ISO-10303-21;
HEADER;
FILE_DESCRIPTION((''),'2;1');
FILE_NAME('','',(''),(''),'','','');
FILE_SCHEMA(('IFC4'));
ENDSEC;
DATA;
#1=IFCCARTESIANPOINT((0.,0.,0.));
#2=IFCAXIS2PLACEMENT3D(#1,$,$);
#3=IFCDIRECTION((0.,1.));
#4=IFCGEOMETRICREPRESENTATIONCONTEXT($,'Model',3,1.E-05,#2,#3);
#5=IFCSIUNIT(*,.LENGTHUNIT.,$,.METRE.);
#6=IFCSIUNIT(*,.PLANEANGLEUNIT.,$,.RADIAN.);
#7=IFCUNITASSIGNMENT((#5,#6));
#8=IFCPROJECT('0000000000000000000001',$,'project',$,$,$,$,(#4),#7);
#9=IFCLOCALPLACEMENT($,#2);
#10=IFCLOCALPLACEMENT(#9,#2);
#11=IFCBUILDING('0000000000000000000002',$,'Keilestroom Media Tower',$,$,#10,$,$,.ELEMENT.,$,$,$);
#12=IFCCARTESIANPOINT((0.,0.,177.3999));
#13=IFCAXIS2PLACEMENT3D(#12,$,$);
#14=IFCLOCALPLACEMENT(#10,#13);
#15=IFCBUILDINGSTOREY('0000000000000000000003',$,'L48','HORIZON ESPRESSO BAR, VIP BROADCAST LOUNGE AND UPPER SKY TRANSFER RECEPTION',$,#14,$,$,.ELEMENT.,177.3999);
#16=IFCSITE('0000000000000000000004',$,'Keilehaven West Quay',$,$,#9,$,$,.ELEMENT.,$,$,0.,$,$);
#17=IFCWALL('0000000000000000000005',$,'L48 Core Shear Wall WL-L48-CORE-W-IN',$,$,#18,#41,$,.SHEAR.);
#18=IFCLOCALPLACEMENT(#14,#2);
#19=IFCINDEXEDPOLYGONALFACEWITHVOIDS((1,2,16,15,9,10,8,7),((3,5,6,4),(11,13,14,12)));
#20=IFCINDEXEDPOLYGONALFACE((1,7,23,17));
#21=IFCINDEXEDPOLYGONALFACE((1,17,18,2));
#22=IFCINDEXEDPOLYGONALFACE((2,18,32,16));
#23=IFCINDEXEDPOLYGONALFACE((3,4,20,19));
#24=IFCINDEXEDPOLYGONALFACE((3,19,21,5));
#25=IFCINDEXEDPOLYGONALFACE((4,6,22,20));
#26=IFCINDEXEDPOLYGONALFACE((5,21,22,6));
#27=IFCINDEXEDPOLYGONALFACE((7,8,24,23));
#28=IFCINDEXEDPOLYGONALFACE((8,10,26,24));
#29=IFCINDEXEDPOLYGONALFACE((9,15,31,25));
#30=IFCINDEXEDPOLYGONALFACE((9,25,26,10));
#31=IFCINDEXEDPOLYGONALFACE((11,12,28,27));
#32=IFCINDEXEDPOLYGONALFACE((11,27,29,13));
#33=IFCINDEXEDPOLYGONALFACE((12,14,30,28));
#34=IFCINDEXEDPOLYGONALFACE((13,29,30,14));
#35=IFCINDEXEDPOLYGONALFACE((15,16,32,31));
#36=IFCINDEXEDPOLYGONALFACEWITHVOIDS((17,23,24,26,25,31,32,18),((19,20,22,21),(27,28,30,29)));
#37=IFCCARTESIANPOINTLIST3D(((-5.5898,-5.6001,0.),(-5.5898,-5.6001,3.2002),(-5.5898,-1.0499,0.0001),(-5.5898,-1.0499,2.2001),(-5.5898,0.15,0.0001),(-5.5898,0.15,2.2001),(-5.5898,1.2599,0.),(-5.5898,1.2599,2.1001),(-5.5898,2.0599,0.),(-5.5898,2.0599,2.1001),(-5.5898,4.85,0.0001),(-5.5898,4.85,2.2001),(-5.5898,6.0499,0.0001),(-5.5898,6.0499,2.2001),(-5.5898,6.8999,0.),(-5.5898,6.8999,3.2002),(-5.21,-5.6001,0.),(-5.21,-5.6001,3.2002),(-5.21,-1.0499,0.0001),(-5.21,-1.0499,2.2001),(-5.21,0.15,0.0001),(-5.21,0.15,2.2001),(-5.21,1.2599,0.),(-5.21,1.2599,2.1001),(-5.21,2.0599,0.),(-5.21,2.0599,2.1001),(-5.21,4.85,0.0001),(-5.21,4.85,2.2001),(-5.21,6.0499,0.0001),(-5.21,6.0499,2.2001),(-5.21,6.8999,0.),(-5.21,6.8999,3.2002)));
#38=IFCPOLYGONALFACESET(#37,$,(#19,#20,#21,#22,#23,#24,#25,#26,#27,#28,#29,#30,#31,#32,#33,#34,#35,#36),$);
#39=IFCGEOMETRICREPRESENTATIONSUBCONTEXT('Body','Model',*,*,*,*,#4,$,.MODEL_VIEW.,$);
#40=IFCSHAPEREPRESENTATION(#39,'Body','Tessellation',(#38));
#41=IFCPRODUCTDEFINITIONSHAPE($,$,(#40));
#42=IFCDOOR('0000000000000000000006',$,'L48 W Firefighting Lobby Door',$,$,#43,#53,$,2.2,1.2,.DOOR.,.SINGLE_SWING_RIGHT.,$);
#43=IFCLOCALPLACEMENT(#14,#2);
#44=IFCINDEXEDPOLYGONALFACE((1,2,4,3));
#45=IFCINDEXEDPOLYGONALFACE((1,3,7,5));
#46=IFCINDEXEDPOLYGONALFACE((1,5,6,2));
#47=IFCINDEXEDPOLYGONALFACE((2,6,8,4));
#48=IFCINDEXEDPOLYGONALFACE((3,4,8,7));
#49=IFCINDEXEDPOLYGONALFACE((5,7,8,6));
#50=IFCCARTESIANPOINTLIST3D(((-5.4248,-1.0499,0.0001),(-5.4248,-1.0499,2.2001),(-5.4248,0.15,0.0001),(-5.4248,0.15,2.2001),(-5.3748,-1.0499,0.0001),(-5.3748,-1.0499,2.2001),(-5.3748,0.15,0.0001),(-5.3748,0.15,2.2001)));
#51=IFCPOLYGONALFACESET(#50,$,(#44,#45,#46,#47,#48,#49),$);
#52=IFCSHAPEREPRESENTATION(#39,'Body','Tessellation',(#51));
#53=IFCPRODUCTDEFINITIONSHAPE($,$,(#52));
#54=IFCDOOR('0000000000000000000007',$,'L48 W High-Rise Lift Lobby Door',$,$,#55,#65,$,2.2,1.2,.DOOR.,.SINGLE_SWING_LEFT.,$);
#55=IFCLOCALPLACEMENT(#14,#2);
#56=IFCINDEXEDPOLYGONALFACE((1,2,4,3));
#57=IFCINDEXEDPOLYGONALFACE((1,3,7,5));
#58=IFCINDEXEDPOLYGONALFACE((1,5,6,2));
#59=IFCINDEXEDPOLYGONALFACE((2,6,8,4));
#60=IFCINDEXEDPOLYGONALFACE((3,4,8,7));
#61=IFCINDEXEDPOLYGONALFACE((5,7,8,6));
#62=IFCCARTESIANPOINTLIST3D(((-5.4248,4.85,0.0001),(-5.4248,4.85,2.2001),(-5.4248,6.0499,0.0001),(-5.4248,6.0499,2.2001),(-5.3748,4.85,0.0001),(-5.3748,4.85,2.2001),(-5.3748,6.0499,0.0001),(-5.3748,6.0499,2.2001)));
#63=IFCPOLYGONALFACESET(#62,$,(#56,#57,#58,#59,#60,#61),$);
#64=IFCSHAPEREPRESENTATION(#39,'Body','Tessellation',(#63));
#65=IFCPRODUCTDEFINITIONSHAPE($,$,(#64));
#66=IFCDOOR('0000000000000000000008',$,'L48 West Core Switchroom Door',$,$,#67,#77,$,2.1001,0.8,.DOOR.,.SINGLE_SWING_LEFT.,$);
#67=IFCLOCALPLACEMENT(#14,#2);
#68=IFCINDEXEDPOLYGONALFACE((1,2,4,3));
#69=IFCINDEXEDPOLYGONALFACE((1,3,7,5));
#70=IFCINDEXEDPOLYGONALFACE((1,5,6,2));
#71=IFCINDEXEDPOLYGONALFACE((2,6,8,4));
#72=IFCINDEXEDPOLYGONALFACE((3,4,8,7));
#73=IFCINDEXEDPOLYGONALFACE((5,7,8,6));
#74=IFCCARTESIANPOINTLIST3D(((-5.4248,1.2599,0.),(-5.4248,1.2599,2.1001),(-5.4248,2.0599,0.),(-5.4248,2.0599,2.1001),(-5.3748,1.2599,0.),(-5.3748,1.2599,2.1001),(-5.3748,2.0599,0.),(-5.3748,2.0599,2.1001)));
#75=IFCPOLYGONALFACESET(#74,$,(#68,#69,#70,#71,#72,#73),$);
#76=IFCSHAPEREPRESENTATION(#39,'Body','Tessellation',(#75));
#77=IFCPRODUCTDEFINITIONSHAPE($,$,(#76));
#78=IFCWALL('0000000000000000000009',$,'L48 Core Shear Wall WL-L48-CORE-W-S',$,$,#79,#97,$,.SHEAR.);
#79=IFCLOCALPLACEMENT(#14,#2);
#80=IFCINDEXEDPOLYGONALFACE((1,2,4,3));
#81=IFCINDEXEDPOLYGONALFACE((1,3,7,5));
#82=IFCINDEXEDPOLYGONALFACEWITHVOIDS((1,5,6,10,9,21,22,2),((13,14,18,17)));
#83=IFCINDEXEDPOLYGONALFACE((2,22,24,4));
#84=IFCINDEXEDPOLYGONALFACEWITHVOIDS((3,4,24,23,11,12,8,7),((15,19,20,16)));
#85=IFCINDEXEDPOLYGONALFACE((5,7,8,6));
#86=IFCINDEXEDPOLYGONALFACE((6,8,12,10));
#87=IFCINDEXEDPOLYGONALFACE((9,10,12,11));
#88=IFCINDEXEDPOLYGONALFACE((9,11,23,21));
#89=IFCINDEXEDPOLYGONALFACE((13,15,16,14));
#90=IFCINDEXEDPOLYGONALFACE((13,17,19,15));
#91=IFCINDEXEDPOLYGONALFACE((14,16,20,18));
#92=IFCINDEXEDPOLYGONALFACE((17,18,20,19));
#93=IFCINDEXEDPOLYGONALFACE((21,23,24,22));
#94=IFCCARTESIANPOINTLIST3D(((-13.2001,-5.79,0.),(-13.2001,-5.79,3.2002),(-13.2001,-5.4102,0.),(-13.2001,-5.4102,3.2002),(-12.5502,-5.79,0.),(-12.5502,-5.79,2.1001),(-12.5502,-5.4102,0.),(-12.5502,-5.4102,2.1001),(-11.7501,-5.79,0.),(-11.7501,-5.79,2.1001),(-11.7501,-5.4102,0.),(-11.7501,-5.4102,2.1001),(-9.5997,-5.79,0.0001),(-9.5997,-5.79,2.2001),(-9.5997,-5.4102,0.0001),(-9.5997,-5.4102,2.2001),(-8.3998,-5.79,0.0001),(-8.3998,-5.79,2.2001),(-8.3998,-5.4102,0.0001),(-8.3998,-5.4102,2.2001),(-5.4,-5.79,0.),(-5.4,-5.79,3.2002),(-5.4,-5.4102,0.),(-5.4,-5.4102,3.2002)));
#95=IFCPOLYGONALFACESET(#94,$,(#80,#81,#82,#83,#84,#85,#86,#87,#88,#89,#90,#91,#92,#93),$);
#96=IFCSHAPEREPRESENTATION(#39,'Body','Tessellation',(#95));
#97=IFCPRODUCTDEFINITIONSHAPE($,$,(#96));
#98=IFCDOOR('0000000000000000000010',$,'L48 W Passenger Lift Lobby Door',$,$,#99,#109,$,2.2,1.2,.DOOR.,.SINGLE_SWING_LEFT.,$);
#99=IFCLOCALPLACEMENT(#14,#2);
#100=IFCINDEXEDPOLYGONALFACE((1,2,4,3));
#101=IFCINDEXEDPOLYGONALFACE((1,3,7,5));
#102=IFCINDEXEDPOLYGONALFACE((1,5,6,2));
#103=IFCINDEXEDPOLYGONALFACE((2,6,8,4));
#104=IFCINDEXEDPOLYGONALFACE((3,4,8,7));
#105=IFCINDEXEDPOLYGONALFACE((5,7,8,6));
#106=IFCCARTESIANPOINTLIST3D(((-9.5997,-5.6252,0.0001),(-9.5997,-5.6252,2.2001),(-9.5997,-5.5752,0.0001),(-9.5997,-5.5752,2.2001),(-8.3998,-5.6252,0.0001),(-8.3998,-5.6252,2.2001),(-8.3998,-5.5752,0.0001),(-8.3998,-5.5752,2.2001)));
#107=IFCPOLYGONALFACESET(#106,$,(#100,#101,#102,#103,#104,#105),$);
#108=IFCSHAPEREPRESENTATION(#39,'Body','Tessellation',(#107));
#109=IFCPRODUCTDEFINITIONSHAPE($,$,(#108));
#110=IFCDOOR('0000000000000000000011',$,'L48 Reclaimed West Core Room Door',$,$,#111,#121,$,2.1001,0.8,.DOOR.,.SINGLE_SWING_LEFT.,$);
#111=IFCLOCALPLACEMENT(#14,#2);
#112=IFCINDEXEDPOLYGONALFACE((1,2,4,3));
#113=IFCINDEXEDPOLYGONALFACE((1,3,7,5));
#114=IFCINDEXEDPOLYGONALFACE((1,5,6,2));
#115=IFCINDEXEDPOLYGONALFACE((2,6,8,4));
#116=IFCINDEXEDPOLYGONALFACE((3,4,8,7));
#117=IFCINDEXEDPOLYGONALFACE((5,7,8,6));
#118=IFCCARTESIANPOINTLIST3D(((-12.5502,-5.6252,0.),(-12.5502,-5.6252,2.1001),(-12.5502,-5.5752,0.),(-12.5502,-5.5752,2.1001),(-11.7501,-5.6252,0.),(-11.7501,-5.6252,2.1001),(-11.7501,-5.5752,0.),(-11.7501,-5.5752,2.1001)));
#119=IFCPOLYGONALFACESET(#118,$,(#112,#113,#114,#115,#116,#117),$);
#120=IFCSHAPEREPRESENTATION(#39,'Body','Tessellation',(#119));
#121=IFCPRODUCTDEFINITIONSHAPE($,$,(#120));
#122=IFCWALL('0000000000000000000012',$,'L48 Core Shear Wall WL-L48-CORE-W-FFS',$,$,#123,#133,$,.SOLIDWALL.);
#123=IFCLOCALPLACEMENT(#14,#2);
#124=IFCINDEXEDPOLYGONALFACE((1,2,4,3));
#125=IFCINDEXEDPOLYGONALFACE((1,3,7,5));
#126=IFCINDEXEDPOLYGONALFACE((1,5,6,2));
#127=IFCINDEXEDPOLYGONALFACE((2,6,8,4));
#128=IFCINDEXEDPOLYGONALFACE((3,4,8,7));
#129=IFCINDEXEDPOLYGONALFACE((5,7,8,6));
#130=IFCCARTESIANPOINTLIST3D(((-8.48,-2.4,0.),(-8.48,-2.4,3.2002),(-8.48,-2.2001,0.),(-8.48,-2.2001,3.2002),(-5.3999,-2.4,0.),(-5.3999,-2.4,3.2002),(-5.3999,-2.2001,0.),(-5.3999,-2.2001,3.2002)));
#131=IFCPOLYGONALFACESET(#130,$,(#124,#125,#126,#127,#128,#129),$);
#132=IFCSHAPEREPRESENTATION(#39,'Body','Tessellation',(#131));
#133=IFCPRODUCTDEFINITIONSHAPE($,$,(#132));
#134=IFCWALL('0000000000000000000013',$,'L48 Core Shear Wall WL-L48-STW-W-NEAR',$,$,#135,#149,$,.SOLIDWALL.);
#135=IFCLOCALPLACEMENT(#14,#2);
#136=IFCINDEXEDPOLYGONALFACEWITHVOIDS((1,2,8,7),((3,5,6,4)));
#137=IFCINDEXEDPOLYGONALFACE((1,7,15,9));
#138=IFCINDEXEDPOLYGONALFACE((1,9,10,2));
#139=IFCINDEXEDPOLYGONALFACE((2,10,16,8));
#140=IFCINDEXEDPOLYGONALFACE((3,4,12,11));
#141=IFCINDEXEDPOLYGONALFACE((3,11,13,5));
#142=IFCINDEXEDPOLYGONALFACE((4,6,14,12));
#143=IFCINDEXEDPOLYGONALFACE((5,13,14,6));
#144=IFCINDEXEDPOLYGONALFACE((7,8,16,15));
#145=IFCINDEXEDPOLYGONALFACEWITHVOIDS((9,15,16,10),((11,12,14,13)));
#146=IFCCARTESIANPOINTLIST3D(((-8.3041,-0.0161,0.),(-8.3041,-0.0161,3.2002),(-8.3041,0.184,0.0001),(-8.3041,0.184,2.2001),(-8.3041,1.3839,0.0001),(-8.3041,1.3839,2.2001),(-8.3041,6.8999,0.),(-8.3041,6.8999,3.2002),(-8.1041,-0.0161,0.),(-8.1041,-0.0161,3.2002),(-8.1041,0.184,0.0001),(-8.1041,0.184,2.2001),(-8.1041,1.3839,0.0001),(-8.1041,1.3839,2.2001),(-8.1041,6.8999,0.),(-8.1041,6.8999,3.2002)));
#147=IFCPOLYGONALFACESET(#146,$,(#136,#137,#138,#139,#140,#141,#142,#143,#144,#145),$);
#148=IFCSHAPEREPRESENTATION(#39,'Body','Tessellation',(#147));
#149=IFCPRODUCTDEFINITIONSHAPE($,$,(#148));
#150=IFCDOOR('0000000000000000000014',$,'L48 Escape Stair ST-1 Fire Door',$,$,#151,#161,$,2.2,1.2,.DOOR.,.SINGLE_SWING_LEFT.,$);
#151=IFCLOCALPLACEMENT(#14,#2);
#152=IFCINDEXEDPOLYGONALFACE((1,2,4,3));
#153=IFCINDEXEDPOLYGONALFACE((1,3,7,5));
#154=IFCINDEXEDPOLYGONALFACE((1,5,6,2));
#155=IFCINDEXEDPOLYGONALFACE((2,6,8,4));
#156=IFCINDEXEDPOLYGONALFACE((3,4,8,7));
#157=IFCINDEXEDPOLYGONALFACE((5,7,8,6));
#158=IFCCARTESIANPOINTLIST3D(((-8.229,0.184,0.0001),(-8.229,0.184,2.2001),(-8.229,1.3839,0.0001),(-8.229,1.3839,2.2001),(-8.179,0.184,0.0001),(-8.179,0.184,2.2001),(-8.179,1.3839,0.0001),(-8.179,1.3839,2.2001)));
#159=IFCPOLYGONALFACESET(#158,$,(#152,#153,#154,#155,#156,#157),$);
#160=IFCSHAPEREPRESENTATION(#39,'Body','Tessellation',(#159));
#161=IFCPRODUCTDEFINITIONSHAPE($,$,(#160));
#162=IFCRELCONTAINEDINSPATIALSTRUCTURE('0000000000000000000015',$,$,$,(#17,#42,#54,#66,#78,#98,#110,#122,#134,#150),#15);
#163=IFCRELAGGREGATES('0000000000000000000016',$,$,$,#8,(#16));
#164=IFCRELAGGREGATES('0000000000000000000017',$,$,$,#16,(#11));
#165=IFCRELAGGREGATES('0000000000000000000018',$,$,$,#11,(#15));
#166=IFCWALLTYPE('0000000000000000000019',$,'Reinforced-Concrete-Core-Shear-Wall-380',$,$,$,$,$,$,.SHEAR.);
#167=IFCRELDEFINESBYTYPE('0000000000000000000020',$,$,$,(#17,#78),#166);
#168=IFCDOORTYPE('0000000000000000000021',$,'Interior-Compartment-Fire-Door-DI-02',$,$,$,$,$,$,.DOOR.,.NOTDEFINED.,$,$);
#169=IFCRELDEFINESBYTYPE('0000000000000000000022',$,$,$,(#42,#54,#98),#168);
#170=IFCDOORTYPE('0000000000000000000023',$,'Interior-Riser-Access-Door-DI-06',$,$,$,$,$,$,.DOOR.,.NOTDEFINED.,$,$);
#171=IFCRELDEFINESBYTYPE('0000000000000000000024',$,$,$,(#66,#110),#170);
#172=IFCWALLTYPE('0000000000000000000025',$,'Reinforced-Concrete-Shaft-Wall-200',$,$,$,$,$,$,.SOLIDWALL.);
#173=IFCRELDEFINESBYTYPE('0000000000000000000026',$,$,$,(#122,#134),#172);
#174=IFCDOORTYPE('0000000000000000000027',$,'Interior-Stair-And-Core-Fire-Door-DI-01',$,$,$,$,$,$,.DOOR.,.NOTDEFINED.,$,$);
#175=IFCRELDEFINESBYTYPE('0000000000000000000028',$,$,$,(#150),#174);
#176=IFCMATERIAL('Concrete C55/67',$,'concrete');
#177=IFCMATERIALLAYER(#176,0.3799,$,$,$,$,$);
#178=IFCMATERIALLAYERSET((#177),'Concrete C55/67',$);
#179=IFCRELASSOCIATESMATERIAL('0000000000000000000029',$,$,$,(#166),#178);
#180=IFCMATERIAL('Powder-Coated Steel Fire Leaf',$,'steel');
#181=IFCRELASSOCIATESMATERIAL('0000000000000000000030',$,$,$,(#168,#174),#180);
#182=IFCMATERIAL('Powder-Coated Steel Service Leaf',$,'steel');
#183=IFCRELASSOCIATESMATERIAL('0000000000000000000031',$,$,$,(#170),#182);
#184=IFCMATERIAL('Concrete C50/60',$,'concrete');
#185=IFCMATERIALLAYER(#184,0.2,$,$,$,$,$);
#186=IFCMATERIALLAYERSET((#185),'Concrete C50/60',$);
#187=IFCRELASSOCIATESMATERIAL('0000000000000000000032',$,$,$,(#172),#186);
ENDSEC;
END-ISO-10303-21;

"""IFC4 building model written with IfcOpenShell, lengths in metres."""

from ifc_helpers import new_model, si_unit, direction, frame, frame_2d, origin, place, context, subcontext, project, spatial, rectangle, extrude, source, transform, mapped, material, layer, layer_set, type_object, element, fill, save


model = new_model("IFC4")

# Units and contexts
model_context = context("Model", 3, precision=1e-05, world=origin(), true_north=direction((0.0, 1.0)))
body_context = subcontext(model_context, "Body", "Model", "MODEL_VIEW")
ifc_project = project(units=[si_unit("LENGTHUNIT", "METRE"), si_unit("PLANEANGLEUNIT", "RADIAN")], contexts=[model_context])

# Site, building, storey
site_placement = place(None, origin())
site = spatial("IfcSite", under=ifc_project, at=site_placement, Name="Keilehaven West Quay", CompositionType="ELEMENT", RefElevation=0.0)
building_placement = place(site_placement, origin())
building = spatial("IfcBuilding", under=site, at=building_placement, Name="Keilestroom Media Tower", CompositionType="ELEMENT")
storey_placement = place(building_placement, frame((0.0, 0.0, 177.3999)))
storey = spatial("IfcBuildingStorey", under=building, at=storey_placement, Name="L48", Description="HORIZON ESPRESSO BAR, VIP BROADCAST LOUNGE AND UPPER SKY TRANSFER RECEPTION", CompositionType="ELEMENT", Elevation=177.3999)

# Shared definitions
ifc_material_1 = material(Name="Concrete C55/67", Category="concrete")
ifc_layer_1 = layer(ifc_material_1, 0.3799)
ifc_layer_set_1 = layer_set([ifc_layer_1], Name="Concrete C55/67")
wall_type_1 = type_object("IfcWallType", Name="Reinforced-Concrete-Core-Shear-Wall-380", PredefinedType="SHEAR", material=ifc_layer_set_1)

# Walls, openings, doors
wall_1_placement = place(storey_placement, frame((-5.3999, -5.6001, 0.0), z_axis=(0.0, 0.0, 1.0), x_axis=(0.0, 1.0, 0.0)))
wall_1 = element("IfcWall", 1, at=wall_1_placement, inside=storey, type_object=wall_type_1, Name="L48 Core Shear Wall WL-L48-CORE-W-IN", PredefinedType="SHEAR", context=body_context, shape_type="SweptSolid", body=[
    extrude(rectangle(XDim=12.5, YDim=0.3799, at=frame_2d((6.25, 0.0))), origin(), (0.0, 0.0, 1.0), 3.2002),
])
opening_1_placement = place(wall_1_placement, frame((4.55, 0.0, 0.0)))
opening_1 = element("IfcOpeningElement", 2, at=opening_1_placement, cuts=wall_1, PredefinedType="OPENING", context=body_context, shape_type="SweptSolid", body=[
    extrude(rectangle(XDim=1.2, YDim=2.2, at=frame_2d((0.6001, 1.1001))), frame((0.0, 0.2, 0.0), z_axis=(0.0, -1.0, 0.0), x_axis=(1.0, 0.0, 0.0)), (0.0, 0.0, 1.0), 0.3999),
])
opening_2_placement = place(wall_1_placement, frame((10.45, 0.0, 0.0)))
opening_2 = element("IfcOpeningElement", 3, at=opening_2_placement, cuts=wall_1, PredefinedType="OPENING", context=body_context, shape_type="SweptSolid", body=[
    extrude(rectangle(XDim=1.2, YDim=2.2, at=frame_2d((0.6001, 1.1001))), frame((0.0, 0.2, 0.0), z_axis=(0.0, -1.0, 0.0), x_axis=(1.0, 0.0, 0.0)), (0.0, 0.0, 1.0), 0.3999),
])
opening_3_placement = place(wall_1_placement, frame((6.8601, 0.0, 0.0)))
opening_3 = element("IfcOpeningElement", 4, at=opening_3_placement, cuts=wall_1, PredefinedType="OPENING", context=body_context, shape_type="SweptSolid", body=[
    extrude(rectangle(XDim=0.8, YDim=2.1001, at=frame_2d((0.3999, 1.05))), frame((0.0, 0.2, 0.0), z_axis=(0.0, -1.0, 0.0), x_axis=(1.0, 0.0, 0.0)), (0.0, 0.0, 1.0), 0.3999),
])
ifc_material_2 = material(Name="Powder-Coated Steel Fire Leaf", Category="steel")
door_type_1 = type_object("IfcDoorType", Name="Interior-Compartment-Fire-Door-DI-02", OperationType="NOTDEFINED", PredefinedType="DOOR", material=ifc_material_2)
shared_shape_1 = source(origin(), body_context, "Body", "SweptSolid", [
    extrude(rectangle(XDim=1.2, YDim=2.2, at=frame_2d((0.6001, 1.1001))), frame((0.0, 0.0249, 0.0), z_axis=(0.0, -1.0, 0.0), x_axis=(1.0, 0.0, 0.0)), (0.0, 0.0, 1.0), 0.05),
])
door_1_placement = place(opening_1_placement, origin())
door_1 = element("IfcDoor", 5, at=door_1_placement, inside=storey, type_object=door_type_1, Name="L48 W Firefighting Lobby Door", OperationType="SINGLE_SWING_RIGHT", OverallHeight=2.2, OverallWidth=1.2, PredefinedType="DOOR", context=body_context, shape_type="MappedRepresentation", body=[
    mapped(shared_shape_1, transform((0.0, 0.0, 0.0), x_axis=(1.0, 0.0, 0.0), y_axis=(0.0, 1.0, 0.0), z_axis=(0.0, 0.0, 1.0), scale=1.0)),
])
fill(opening_1, door_1)
door_2_placement = place(opening_2_placement, origin())
door_2 = element("IfcDoor", 6, at=door_2_placement, inside=storey, type_object=door_type_1, Name="L48 W High-Rise Lift Lobby Door", OperationType="SINGLE_SWING_LEFT", OverallHeight=2.2, OverallWidth=1.2, PredefinedType="DOOR", context=body_context, shape_type="MappedRepresentation", body=[
    mapped(shared_shape_1, transform((0.0, 0.0, 0.0), x_axis=(1.0, 0.0, 0.0), y_axis=(0.0, 1.0, 0.0), z_axis=(0.0, 0.0, 1.0), scale=1.0)),
])
fill(opening_2, door_2)
ifc_material_3 = material(Name="Powder-Coated Steel Service Leaf", Category="steel")
door_type_2 = type_object("IfcDoorType", Name="Interior-Riser-Access-Door-DI-06", OperationType="NOTDEFINED", PredefinedType="DOOR", material=ifc_material_3)
shared_shape_2 = source(origin(), body_context, "Body", "SweptSolid", [
    extrude(rectangle(XDim=0.8, YDim=2.1001, at=frame_2d((0.3999, 1.05))), frame((0.0, 0.0249, 0.0), z_axis=(0.0, -1.0, 0.0), x_axis=(1.0, 0.0, 0.0)), (0.0, 0.0, 1.0), 0.05),
])
door_3_placement = place(opening_3_placement, origin())
door_3 = element("IfcDoor", 7, at=door_3_placement, inside=storey, type_object=door_type_2, Name="L48 West Core Switchroom Door", OperationType="SINGLE_SWING_LEFT", OverallHeight=2.1001, OverallWidth=0.8, PredefinedType="DOOR", context=body_context, shape_type="MappedRepresentation", body=[
    mapped(shared_shape_2, transform((0.0, 0.0, 0.0), x_axis=(1.0, 0.0, 0.0), y_axis=(0.0, 1.0, 0.0), z_axis=(0.0, 0.0, 1.0), scale=1.0)),
])
fill(opening_3, door_3)
wall_2_placement = place(storey_placement, frame((-13.2, -5.6001, 0.0), z_axis=(0.0, 0.0, 1.0), x_axis=(1.0, 0.0, 0.0)))
wall_2 = element("IfcWall", 8, at=wall_2_placement, inside=storey, type_object=wall_type_1, Name="L48 Core Shear Wall WL-L48-CORE-W-S", PredefinedType="SHEAR", context=body_context, shape_type="SweptSolid", body=[
    extrude(rectangle(XDim=7.8, YDim=0.3799, at=frame_2d((3.8999, 0.0))), origin(), (0.0, 0.0, 1.0), 3.2002),
])
opening_4_placement = place(wall_2_placement, frame((3.6001, 0.0, 0.0)))
opening_4 = element("IfcOpeningElement", 9, at=opening_4_placement, cuts=wall_2, PredefinedType="OPENING", context=body_context, shape_type="SweptSolid", body=[
    extrude(rectangle(XDim=1.2, YDim=2.2, at=frame_2d((0.6001, 1.1001))), frame((0.0, 0.2, 0.0), z_axis=(0.0, -1.0, 0.0), x_axis=(1.0, 0.0, 0.0)), (0.0, 0.0, 1.0), 0.3999),
])
opening_5_placement = place(wall_2_placement, frame((0.6499, 0.0, 0.0)))
opening_5 = element("IfcOpeningElement", 10, at=opening_5_placement, cuts=wall_2, PredefinedType="OPENING", context=body_context, shape_type="SweptSolid", body=[
    extrude(rectangle(XDim=0.8, YDim=2.1001, at=frame_2d((0.3999, 1.05))), frame((0.0, 0.2, 0.0), z_axis=(0.0, -1.0, 0.0), x_axis=(1.0, 0.0, 0.0)), (0.0, 0.0, 1.0), 0.3999),
])
door_4_placement = place(opening_4_placement, origin())
door_4 = element("IfcDoor", 11, at=door_4_placement, inside=storey, type_object=door_type_1, Name="L48 W Passenger Lift Lobby Door", OperationType="SINGLE_SWING_LEFT", OverallHeight=2.2, OverallWidth=1.2, PredefinedType="DOOR", context=body_context, shape_type="MappedRepresentation", body=[
    mapped(shared_shape_1, transform((0.0, 0.0, 0.0), x_axis=(1.0, 0.0, 0.0), y_axis=(0.0, 1.0, 0.0), z_axis=(0.0, 0.0, 1.0), scale=1.0)),
])
fill(opening_4, door_4)
door_5_placement = place(opening_5_placement, origin())
door_5 = element("IfcDoor", 12, at=door_5_placement, inside=storey, type_object=door_type_2, Name="L48 Reclaimed West Core Room Door", OperationType="SINGLE_SWING_LEFT", OverallHeight=2.1001, OverallWidth=0.8, PredefinedType="DOOR", context=body_context, shape_type="MappedRepresentation", body=[
    mapped(shared_shape_2, transform((0.0, 0.0, 0.0), x_axis=(1.0, 0.0, 0.0), y_axis=(0.0, 1.0, 0.0), z_axis=(0.0, 0.0, 1.0), scale=1.0)),
])
fill(opening_5, door_5)

# Wall
ifc_material_4 = material(Name="Concrete C50/60", Category="concrete")
ifc_layer_2 = layer(ifc_material_4, 0.2)
ifc_layer_set_2 = layer_set([ifc_layer_2], Name="Concrete C50/60")
wall_type_2 = type_object("IfcWallType", Name="Reinforced-Concrete-Shaft-Wall-200", PredefinedType="SOLIDWALL", material=ifc_layer_set_2)
wall_3_placement = place(storey_placement, frame((-8.48, -2.3, 0.0), z_axis=(0.0, 0.0, 1.0), x_axis=(1.0, 0.0, 0.0)))
element("IfcWall", 13, at=wall_3_placement, inside=storey, type_object=wall_type_2, Name="L48 Core Shear Wall WL-L48-CORE-W-FFS", PredefinedType="SOLIDWALL", context=body_context, shape_type="SweptSolid", body=[
    extrude(rectangle(XDim=3.0801, YDim=0.2, at=frame_2d((1.54, 0.0))), origin(), (0.0, 0.0, 1.0), 3.2002),
])

# Wall, opening, door
wall_4_placement = place(storey_placement, frame((-8.2041, -0.0161, 0.0), z_axis=(0.0, 0.0, 1.0), x_axis=(0.0, 1.0, 0.0)))
wall_4 = element("IfcWall", 14, at=wall_4_placement, inside=storey, type_object=wall_type_2, Name="L48 Core Shear Wall WL-L48-STW-W-NEAR", PredefinedType="SOLIDWALL", context=body_context, shape_type="SweptSolid", body=[
    extrude(rectangle(XDim=6.916, YDim=0.2, at=frame_2d((3.458, 0.0))), origin(), (0.0, 0.0, 1.0), 3.2002),
])
opening_6_placement = place(wall_4_placement, frame((0.2, 0.0, 0.0)))
opening_6 = element("IfcOpeningElement", 15, at=opening_6_placement, cuts=wall_4, PredefinedType="OPENING", context=body_context, shape_type="SweptSolid", body=[
    extrude(rectangle(XDim=1.2, YDim=2.2, at=frame_2d((0.6001, 1.1001))), frame((0.0, 0.1099, 0.0), z_axis=(0.0, -1.0, 0.0), x_axis=(1.0, 0.0, 0.0)), (0.0, 0.0, 1.0), 0.22),
])
door_type_3 = type_object("IfcDoorType", Name="Interior-Stair-And-Core-Fire-Door-DI-01", OperationType="NOTDEFINED", PredefinedType="DOOR", material=ifc_material_2)
door_6_placement = place(opening_6_placement, origin())
door_6 = element("IfcDoor", 16, at=door_6_placement, inside=storey, type_object=door_type_3, Name="L48 Escape Stair ST-1 Fire Door", OperationType="SINGLE_SWING_LEFT", OverallHeight=2.2, OverallWidth=1.2, PredefinedType="DOOR", context=body_context, shape_type="MappedRepresentation", body=[
    mapped(shared_shape_1, transform((0.0, 0.0, 0.0), x_axis=(1.0, 0.0, 0.0), y_axis=(0.0, 1.0, 0.0), z_axis=(0.0, 0.0, 1.0), scale=1.0)),
])
fill(opening_6, door_6)

save(model, "model.ifc")
